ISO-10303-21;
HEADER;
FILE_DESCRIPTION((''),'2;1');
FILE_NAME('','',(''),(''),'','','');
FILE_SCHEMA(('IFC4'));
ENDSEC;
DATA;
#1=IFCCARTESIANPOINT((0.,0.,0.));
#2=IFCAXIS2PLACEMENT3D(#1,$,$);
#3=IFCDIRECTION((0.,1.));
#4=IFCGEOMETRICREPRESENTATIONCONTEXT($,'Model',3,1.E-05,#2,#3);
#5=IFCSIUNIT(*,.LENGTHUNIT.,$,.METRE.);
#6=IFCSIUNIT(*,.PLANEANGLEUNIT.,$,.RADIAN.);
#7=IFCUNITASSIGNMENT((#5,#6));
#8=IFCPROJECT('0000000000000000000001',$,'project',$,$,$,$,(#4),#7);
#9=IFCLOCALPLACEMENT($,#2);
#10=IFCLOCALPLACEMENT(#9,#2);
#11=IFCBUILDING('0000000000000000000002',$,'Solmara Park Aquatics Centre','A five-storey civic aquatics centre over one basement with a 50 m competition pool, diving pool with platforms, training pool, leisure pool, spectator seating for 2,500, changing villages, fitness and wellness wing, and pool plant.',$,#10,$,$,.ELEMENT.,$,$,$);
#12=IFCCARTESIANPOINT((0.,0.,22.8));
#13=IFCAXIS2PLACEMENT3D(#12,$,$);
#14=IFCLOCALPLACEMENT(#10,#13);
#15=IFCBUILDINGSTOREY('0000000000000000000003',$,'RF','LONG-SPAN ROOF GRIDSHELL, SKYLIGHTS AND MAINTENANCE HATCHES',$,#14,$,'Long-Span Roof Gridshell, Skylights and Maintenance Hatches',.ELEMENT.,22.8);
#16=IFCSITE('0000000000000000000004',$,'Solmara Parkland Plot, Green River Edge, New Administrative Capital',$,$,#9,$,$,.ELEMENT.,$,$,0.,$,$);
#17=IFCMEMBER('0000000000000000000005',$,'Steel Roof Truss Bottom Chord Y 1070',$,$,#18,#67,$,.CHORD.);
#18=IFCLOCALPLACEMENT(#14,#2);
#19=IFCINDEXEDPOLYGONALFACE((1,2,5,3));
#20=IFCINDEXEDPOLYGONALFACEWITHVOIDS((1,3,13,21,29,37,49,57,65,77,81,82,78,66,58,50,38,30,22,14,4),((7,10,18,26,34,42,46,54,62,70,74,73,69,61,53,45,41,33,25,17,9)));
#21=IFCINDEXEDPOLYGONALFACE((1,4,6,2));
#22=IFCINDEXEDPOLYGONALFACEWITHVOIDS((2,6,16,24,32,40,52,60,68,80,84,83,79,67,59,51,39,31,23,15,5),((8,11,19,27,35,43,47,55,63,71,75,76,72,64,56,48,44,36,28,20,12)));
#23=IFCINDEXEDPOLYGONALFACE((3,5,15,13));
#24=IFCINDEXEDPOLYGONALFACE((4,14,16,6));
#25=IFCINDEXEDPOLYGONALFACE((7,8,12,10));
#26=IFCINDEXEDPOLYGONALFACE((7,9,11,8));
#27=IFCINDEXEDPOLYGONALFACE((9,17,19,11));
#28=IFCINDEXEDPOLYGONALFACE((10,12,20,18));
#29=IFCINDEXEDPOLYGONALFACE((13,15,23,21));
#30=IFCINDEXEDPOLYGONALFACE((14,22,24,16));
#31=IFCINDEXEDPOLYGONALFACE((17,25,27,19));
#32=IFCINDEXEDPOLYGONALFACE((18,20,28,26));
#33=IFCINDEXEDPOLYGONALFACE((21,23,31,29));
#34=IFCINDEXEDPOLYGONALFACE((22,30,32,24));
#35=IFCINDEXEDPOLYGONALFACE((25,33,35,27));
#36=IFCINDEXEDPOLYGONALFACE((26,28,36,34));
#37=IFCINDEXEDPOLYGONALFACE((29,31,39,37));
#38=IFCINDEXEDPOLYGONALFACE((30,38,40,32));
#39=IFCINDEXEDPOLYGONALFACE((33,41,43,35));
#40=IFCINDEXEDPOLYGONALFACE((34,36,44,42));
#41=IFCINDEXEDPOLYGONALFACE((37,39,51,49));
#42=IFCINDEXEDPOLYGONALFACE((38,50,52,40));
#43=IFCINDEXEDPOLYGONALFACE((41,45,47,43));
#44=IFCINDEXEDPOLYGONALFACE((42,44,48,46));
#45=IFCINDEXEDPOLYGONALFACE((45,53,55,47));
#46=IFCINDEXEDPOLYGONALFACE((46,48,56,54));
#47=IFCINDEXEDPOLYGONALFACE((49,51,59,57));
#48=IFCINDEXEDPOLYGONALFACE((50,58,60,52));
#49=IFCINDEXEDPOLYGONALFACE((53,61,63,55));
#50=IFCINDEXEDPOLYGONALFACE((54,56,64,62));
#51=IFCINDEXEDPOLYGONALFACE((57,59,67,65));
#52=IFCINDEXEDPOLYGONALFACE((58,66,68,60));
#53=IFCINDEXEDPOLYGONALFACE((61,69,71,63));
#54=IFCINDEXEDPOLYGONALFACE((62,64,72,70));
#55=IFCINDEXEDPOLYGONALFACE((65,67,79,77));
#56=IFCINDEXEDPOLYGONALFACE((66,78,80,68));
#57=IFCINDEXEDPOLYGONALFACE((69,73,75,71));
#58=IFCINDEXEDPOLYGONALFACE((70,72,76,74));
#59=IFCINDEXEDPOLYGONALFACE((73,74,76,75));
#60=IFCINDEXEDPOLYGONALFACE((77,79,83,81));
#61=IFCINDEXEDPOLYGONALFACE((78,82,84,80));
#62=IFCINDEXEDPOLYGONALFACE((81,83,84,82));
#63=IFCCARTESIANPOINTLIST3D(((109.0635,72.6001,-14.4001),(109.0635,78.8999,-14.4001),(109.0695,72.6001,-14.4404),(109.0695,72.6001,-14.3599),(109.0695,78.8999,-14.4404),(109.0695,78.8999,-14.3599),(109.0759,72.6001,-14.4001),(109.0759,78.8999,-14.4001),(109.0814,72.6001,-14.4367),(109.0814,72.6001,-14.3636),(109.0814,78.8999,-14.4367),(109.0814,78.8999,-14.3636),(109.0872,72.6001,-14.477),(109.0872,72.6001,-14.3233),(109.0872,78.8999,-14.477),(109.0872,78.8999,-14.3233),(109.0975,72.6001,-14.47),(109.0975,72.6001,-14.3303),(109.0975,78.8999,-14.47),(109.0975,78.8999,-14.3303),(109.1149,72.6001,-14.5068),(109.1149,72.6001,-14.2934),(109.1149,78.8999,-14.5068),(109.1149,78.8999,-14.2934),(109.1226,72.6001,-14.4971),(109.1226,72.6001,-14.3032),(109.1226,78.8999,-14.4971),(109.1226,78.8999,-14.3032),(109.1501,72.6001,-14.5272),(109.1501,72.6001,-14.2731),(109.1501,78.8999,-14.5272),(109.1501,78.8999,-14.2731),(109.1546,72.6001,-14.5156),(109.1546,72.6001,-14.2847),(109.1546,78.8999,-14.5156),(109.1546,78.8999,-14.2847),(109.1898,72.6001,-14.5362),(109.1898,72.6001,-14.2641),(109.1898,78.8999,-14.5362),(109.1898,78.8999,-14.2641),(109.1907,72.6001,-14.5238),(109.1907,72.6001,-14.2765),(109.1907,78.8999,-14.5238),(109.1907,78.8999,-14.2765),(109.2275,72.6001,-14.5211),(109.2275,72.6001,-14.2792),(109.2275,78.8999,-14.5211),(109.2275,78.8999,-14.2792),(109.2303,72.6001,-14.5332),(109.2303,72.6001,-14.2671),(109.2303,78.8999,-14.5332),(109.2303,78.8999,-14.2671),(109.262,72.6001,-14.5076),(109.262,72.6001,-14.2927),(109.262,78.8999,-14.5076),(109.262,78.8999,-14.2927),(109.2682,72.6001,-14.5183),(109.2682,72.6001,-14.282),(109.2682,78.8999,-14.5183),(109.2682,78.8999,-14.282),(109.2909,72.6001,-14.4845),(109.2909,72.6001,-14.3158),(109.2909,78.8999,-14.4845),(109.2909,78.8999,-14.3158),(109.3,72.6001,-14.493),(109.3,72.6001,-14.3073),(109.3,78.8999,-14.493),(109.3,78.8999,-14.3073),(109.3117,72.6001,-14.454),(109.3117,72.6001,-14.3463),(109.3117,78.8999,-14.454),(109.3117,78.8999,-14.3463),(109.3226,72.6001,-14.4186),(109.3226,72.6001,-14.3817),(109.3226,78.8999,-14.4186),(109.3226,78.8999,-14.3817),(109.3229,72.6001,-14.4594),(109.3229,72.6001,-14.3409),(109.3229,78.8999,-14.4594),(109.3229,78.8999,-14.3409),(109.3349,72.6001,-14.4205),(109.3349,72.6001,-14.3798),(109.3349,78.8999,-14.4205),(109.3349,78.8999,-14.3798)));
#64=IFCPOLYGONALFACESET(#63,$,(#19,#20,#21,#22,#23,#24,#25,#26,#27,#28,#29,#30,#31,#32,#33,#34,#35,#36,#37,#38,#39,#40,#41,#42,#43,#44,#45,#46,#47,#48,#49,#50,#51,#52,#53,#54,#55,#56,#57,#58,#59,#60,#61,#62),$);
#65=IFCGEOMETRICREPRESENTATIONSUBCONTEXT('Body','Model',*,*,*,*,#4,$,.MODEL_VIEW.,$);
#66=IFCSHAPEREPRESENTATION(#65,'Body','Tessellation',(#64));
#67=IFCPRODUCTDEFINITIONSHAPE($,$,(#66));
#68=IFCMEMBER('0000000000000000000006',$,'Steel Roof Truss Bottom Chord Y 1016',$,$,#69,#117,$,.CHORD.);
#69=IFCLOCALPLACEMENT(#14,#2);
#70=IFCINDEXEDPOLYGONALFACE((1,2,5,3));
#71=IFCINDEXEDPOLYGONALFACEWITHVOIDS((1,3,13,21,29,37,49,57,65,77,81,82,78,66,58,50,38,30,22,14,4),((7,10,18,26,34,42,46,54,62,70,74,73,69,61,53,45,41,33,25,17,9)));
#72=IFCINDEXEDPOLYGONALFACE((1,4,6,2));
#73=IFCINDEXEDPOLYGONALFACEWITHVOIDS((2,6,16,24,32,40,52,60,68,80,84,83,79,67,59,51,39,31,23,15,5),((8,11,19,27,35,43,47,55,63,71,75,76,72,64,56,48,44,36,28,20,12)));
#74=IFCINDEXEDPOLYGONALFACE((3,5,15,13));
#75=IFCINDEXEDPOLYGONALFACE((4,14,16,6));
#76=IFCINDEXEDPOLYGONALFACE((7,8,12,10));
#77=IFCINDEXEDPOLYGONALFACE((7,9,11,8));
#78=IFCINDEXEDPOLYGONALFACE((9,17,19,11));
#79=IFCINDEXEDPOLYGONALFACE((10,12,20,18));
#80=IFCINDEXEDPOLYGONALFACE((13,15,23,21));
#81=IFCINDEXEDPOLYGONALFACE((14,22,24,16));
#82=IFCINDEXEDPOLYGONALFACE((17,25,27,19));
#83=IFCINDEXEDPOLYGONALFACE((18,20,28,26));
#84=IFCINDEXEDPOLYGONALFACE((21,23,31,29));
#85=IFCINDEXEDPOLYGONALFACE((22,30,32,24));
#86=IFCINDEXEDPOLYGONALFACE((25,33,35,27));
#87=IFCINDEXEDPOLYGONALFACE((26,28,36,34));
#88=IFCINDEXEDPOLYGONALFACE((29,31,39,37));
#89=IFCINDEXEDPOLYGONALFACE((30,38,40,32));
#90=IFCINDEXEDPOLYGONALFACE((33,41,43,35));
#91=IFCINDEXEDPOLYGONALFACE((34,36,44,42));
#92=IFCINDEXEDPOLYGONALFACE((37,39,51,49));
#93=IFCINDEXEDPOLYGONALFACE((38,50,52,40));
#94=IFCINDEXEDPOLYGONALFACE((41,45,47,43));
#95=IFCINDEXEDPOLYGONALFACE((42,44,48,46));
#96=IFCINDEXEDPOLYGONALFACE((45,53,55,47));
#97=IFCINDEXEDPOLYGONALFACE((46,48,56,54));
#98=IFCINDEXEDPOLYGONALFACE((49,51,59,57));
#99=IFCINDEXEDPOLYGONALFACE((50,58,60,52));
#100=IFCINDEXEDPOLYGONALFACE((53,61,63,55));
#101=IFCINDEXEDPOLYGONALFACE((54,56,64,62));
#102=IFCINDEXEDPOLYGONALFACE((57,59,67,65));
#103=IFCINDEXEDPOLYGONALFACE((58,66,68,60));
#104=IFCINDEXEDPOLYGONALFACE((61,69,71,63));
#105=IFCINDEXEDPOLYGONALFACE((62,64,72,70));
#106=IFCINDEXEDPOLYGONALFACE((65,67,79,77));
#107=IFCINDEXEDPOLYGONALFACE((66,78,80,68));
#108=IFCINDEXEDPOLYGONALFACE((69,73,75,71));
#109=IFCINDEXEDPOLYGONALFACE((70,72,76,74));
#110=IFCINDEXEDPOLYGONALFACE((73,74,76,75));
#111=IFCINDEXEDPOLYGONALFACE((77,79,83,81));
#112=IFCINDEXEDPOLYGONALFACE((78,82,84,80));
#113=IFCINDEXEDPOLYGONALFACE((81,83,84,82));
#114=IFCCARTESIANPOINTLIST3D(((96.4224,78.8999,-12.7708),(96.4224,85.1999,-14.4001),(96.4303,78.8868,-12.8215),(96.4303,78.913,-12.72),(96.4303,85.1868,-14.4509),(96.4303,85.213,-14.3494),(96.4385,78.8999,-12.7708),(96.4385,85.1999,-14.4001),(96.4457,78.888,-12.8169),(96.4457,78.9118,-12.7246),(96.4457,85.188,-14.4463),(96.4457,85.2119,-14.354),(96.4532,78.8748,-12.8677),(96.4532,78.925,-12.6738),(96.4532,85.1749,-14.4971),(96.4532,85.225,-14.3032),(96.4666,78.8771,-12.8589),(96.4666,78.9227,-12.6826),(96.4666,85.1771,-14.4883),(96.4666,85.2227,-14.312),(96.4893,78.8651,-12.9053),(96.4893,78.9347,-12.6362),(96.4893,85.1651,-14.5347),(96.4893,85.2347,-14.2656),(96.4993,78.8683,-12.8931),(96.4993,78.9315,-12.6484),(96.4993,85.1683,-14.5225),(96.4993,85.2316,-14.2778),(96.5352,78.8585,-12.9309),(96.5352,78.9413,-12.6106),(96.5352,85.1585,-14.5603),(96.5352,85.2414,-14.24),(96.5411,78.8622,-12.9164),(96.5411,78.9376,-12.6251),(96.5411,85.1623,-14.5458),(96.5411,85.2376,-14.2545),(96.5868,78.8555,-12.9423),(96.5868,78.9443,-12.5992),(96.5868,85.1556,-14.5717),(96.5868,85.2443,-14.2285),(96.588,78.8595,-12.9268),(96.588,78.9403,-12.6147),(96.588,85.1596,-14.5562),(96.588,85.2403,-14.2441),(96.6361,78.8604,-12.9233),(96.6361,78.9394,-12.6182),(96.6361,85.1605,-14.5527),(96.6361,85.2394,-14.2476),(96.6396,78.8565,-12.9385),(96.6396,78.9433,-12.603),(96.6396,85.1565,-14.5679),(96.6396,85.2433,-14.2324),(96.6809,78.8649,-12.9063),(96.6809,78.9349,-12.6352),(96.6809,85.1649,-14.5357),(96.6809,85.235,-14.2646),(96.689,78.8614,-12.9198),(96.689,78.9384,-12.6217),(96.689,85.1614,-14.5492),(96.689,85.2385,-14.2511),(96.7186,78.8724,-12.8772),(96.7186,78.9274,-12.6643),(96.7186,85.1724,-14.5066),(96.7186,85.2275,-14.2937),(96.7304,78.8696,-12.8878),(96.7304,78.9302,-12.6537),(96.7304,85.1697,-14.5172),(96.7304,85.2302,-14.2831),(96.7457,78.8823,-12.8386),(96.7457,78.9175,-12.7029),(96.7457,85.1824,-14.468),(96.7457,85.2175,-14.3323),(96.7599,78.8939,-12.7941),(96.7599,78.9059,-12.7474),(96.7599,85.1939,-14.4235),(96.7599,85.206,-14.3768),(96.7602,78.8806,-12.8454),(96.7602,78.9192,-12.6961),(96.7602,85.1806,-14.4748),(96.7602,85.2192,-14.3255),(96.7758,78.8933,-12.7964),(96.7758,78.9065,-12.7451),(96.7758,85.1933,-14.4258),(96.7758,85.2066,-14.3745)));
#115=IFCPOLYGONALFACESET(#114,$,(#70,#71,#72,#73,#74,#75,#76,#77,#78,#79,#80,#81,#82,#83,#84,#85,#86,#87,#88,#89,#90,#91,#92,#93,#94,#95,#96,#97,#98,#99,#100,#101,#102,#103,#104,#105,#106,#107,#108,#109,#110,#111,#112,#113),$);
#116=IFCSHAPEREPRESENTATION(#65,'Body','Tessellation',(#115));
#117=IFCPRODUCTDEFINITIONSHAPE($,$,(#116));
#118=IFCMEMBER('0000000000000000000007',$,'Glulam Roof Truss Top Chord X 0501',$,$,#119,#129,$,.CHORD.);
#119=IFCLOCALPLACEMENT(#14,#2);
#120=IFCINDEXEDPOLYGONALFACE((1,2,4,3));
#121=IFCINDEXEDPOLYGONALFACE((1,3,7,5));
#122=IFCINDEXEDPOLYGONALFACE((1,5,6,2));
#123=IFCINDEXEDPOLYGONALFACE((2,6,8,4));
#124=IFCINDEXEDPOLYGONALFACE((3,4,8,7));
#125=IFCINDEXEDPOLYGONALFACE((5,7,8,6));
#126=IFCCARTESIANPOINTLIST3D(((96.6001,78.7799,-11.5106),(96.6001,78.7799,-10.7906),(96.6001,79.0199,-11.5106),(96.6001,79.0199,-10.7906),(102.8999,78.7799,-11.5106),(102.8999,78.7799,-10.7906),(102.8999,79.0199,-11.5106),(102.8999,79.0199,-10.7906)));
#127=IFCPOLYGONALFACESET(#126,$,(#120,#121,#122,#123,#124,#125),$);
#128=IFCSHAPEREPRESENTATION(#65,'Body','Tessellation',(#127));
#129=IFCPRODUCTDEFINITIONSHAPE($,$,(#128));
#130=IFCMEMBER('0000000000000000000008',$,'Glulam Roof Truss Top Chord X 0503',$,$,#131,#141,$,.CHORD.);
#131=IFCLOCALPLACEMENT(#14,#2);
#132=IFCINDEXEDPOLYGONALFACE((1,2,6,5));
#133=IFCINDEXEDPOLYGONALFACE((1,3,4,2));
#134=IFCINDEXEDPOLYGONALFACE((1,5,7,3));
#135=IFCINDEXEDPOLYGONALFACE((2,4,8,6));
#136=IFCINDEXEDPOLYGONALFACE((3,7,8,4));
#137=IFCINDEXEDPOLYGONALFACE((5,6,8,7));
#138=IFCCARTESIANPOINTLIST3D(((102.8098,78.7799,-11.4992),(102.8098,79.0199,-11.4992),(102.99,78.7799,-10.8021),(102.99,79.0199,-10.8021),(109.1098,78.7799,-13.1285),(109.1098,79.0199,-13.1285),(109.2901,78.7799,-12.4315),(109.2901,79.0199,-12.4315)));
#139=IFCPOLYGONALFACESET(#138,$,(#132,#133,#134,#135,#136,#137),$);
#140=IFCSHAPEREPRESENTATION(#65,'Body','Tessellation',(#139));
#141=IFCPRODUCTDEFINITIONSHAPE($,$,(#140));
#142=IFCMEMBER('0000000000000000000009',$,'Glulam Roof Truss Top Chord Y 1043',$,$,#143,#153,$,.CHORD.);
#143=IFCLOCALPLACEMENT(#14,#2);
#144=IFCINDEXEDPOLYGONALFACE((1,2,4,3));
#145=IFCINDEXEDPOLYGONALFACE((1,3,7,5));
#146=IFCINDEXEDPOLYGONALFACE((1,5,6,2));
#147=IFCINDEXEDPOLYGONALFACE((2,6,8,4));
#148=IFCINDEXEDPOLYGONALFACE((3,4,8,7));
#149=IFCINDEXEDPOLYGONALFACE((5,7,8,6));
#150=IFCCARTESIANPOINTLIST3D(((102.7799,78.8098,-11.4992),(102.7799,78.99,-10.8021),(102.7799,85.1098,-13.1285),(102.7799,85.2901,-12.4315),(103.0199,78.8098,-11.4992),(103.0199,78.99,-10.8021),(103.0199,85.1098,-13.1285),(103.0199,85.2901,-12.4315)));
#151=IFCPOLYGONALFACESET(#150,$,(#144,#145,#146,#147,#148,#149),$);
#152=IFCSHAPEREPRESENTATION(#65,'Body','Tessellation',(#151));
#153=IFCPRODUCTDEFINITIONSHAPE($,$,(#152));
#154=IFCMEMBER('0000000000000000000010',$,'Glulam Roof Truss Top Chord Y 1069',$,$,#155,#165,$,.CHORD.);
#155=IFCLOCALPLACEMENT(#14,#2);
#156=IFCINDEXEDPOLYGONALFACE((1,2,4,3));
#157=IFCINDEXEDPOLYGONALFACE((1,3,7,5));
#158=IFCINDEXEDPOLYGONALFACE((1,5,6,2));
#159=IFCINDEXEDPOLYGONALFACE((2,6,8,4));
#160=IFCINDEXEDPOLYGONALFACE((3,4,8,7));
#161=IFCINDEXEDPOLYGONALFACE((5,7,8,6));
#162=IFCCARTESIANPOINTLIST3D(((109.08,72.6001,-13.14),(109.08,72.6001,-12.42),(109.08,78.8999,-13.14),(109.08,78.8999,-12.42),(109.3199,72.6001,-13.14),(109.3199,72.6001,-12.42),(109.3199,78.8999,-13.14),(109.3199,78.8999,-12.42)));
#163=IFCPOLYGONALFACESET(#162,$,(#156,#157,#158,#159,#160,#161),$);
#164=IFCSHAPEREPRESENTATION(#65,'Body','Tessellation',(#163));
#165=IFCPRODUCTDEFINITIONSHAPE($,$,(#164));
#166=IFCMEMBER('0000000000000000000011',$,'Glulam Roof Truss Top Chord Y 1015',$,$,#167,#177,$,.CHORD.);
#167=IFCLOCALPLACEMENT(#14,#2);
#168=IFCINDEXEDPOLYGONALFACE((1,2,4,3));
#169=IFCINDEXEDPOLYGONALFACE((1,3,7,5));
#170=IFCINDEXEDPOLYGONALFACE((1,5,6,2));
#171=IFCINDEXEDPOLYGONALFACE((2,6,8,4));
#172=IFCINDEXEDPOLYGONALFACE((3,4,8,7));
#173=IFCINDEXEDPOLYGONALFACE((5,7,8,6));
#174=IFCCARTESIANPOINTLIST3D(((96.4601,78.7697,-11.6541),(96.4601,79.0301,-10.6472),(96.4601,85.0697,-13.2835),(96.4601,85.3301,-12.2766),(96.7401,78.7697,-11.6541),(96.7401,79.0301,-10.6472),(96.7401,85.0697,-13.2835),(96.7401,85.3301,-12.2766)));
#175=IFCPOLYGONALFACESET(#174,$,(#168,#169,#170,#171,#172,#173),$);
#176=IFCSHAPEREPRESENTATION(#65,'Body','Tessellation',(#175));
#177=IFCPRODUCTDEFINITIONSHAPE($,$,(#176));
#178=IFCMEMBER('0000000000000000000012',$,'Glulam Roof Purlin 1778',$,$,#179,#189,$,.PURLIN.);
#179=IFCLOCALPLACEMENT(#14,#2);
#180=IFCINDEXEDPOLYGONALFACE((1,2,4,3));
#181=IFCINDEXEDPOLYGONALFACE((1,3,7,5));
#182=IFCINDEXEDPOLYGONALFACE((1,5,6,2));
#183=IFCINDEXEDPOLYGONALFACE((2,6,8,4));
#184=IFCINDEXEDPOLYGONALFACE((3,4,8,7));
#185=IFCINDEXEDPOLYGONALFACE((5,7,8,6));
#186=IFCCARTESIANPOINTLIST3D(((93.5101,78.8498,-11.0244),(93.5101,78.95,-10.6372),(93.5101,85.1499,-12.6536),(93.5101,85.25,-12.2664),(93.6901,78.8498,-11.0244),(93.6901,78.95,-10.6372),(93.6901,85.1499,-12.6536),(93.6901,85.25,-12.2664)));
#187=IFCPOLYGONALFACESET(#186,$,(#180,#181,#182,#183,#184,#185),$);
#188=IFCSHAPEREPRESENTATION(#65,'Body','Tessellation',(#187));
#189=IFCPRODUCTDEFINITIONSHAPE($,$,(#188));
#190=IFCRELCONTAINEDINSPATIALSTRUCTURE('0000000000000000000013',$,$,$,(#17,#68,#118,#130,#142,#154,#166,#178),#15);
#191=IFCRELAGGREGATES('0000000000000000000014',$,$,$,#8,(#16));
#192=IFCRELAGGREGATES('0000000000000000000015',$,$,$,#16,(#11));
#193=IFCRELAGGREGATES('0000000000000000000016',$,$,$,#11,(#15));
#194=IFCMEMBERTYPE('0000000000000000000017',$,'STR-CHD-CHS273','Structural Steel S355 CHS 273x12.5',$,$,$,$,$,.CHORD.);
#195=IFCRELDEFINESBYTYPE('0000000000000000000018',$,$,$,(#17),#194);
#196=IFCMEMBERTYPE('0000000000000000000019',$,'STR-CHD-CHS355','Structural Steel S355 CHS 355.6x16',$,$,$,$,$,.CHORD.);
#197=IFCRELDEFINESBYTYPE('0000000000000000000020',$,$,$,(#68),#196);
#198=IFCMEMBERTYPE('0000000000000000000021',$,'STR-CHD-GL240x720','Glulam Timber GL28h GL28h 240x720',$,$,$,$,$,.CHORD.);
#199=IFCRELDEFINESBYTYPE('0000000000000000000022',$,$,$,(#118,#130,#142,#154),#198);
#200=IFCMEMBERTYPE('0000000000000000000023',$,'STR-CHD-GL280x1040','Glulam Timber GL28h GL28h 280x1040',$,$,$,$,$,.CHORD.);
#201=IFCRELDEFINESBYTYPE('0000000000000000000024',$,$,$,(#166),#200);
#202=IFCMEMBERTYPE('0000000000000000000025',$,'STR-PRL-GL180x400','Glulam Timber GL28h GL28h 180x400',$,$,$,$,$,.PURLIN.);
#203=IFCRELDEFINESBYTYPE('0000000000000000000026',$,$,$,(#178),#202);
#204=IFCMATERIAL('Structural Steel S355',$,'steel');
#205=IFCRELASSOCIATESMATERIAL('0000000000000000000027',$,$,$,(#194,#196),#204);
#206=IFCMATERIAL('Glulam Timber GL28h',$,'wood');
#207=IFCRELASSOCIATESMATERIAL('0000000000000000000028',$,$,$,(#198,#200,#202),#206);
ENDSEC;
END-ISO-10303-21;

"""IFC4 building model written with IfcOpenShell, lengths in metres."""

from ifc_helpers import new_model, si_unit, direction, frame, origin, origin_2d, place, context, subcontext, project, spatial, rectangle, hollow_circle, extrude, material, material_profile, profile_set, type_object, element, save


model = new_model("IFC4")

# Units and contexts
model_context = context("Model", 3, precision=1e-05, world=origin(), true_north=direction((0.0, 1.0)))
body_context = subcontext(model_context, "Body", "Model", "MODEL_VIEW")
ifc_project = project(units=[si_unit("LENGTHUNIT", "METRE"), si_unit("PLANEANGLEUNIT", "RADIAN")], contexts=[model_context])

# Site, building, storey
site_placement = place(None, origin())
site = spatial("IfcSite", under=ifc_project, at=site_placement, Name="Solmara Parkland Plot, Green River Edge, New Administrative Capital", CompositionType="ELEMENT", RefElevation=0.0)
building_placement = place(site_placement, origin())
building = spatial("IfcBuilding", under=site, at=building_placement, Name="Solmara Park Aquatics Centre", Description="A five-storey civic aquatics centre over one basement with a 50 m competition pool, diving pool with platforms, training pool, leisure pool, spectator seating for 2,500, changing villages, fitness and wellness wing, and pool plant.", CompositionType="ELEMENT")
storey_placement = place(building_placement, frame((0.0, 0.0, 22.8)))
storey = spatial("IfcBuildingStorey", under=building, at=storey_placement, Name="RF", Description="LONG-SPAN ROOF GRIDSHELL, SKYLIGHTS AND MAINTENANCE HATCHES", LongName="Long-Span Roof Gridshell, Skylights and Maintenance Hatches", CompositionType="ELEMENT", Elevation=22.8)

# Members
ifc_material_1 = material(Name="Structural Steel S355", Category="steel")
ifc_material_profile_1 = material_profile(ifc_material_1, hollow_circle(Radius=0.1365, WallThickness=0.0125, at=origin_2d()), Name="CHS 273x12.5")
ifc_profile_set_1 = profile_set([ifc_material_profile_1], Name="Structural Steel S355")
member_type_1 = type_object("IfcMemberType", Name="STR-CHD-CHS273", Description="Structural Steel S355 CHS 273x12.5", PredefinedType="CHORD", material=ifc_profile_set_1)
member_1_placement = place(storey_placement, frame((109.2, 72.6001, -14.4001), z_axis=(0.0, 1.0, 0.0), x_axis=(-1.0, 0.0, 0.0)))
element("IfcMember", 1, at=member_1_placement, inside=storey, type_object=member_type_1, Name="Steel Roof Truss Bottom Chord Y 1070", PredefinedType="CHORD", context=body_context, shape_type="SweptSolid", body=[
    extrude(hollow_circle(Radius=0.1365, WallThickness=0.0125, at=origin_2d()), origin(), (0.0, 0.0, 1.0), 6.2998),
])
ifc_material_profile_2 = material_profile(ifc_material_1, hollow_circle(Radius=0.1777, WallThickness=0.0161, at=origin_2d()), Name="CHS 355.6x16")
ifc_profile_set_2 = profile_set([ifc_material_profile_2], Name="Structural Steel S355")
member_type_2 = type_object("IfcMemberType", Name="STR-CHD-CHS355", Description="Structural Steel S355 CHS 355.6x16", PredefinedType="CHORD", material=ifc_profile_set_2)
member_2_placement = place(storey_placement, frame((96.6001, 78.8999, -12.7708), z_axis=(0.0, 0.968144, -0.250393), x_axis=(-1.0, 0.0, 0.0)))
element("IfcMember", 2, at=member_2_placement, inside=storey, type_object=member_type_2, Name="Steel Roof Truss Bottom Chord Y 1016", PredefinedType="CHORD", context=body_context, shape_type="SweptSolid", body=[
    extrude(hollow_circle(Radius=0.1777, WallThickness=0.0161, at=origin_2d()), origin(), (0.0, 0.0, 1.0), 6.5073),
])
ifc_material_2 = material(Name="Glulam Timber GL28h", Category="wood")
ifc_material_profile_3 = material_profile(ifc_material_2, rectangle(XDim=0.24, YDim=0.72, at=origin_2d()), Name="GL28h 240x720")
ifc_profile_set_3 = profile_set([ifc_material_profile_3], Name="Glulam Timber GL28h")
member_type_3 = type_object("IfcMemberType", Name="STR-CHD-GL240x720", Description="Glulam Timber GL28h GL28h 240x720", PredefinedType="CHORD", material=ifc_profile_set_3)
member_3_placement = place(storey_placement, frame((96.6001, 78.8999, -11.1506), z_axis=(1.0, 0.0, 0.0), x_axis=(0.0, 1.0, 0.0)))
element("IfcMember", 3, at=member_3_placement, inside=storey, type_object=member_type_3, Name="Glulam Roof Truss Top Chord X 0501", PredefinedType="CHORD", context=body_context, shape_type="SweptSolid", body=[
    extrude(rectangle(XDim=0.24, YDim=0.72, at=origin_2d()), origin(), (0.0, 0.0, 1.0), 6.2998),
])
for number, where, z_axis, x_axis, name in (
    (4, (102.8999, 78.8999, -11.1506), (0.968144, 0.0, -0.250393), (0.0, 1.0, 0.0), "Glulam Roof Truss Top Chord X 0503"),
    (5, (102.8999, 78.8999, -11.1506), (0.0, 0.968144, -0.250393), (-1.0, 0.0, 0.0), "Glulam Roof Truss Top Chord Y 1043"),
):
    element("IfcMember", number, at=place(storey_placement, frame(where, z_axis=z_axis, x_axis=x_axis)), inside=storey, type_object=member_type_3, Name=name, PredefinedType="CHORD", context=body_context, shape_type="SweptSolid", body=[
        extrude(rectangle(XDim=0.24, YDim=0.72, at=origin_2d()), origin(), (0.0, 0.0, 1.0), 6.5073),
    ])
member_4_placement = place(storey_placement, frame((109.2, 72.6001, -12.78), z_axis=(0.0, 1.0, 0.0), x_axis=(-1.0, 0.0, 0.0)))
element("IfcMember", 6, at=member_4_placement, inside=storey, type_object=member_type_3, Name="Glulam Roof Truss Top Chord Y 1069", PredefinedType="CHORD", context=body_context, shape_type="SweptSolid", body=[
    extrude(rectangle(XDim=0.24, YDim=0.72, at=origin_2d()), origin(), (0.0, 0.0, 1.0), 6.2998),
])
ifc_material_profile_4 = material_profile(ifc_material_2, rectangle(XDim=0.28, YDim=1.04, at=origin_2d()), Name="GL28h 280x1040")
ifc_profile_set_4 = profile_set([ifc_material_profile_4], Name="Glulam Timber GL28h")
member_type_4 = type_object("IfcMemberType", Name="STR-CHD-GL280x1040", Description="Glulam Timber GL28h GL28h 280x1040", PredefinedType="CHORD", material=ifc_profile_set_4)
member_5_placement = place(storey_placement, frame((96.6001, 78.8999, -11.1506), z_axis=(0.0, 0.968144, -0.250393), x_axis=(-1.0, 0.0, 0.0)))
element("IfcMember", 7, at=member_5_placement, inside=storey, type_object=member_type_4, Name="Glulam Roof Truss Top Chord Y 1015", PredefinedType="CHORD", context=body_context, shape_type="SweptSolid", body=[
    extrude(rectangle(XDim=0.28, YDim=1.04, at=origin_2d()), origin(), (0.0, 0.0, 1.0), 6.5073),
])
ifc_material_profile_5 = material_profile(ifc_material_2, rectangle(XDim=0.1799, YDim=0.3999, at=origin_2d()), Name="GL28h 180x400")
ifc_profile_set_5 = profile_set([ifc_material_profile_5], Name="Glulam Timber GL28h")
member_type_5 = type_object("IfcMemberType", Name="STR-PRL-GL180x400", Description="Glulam Timber GL28h GL28h 180x400", PredefinedType="PURLIN", material=ifc_profile_set_5)
for number, where, z_axis, x_axis, name in (
    (8, (93.6001, 78.8999, -10.8308), (0.0, 0.968153, -0.250358), (-1.0, 0.0, 0.0), "Glulam Roof Purlin 1778"),
):
    element("IfcMember", number, at=place(storey_placement, frame(where, z_axis=z_axis, x_axis=x_axis)), inside=storey, type_object=member_type_5, Name=name, PredefinedType="PURLIN", context=body_context, shape_type="SweptSolid", body=[
        extrude(rectangle(XDim=0.1799, YDim=0.3999, at=origin_2d()), origin(), (0.0, 0.0, 1.0), 6.5073),
    ])

save(model, "model.ifc")
